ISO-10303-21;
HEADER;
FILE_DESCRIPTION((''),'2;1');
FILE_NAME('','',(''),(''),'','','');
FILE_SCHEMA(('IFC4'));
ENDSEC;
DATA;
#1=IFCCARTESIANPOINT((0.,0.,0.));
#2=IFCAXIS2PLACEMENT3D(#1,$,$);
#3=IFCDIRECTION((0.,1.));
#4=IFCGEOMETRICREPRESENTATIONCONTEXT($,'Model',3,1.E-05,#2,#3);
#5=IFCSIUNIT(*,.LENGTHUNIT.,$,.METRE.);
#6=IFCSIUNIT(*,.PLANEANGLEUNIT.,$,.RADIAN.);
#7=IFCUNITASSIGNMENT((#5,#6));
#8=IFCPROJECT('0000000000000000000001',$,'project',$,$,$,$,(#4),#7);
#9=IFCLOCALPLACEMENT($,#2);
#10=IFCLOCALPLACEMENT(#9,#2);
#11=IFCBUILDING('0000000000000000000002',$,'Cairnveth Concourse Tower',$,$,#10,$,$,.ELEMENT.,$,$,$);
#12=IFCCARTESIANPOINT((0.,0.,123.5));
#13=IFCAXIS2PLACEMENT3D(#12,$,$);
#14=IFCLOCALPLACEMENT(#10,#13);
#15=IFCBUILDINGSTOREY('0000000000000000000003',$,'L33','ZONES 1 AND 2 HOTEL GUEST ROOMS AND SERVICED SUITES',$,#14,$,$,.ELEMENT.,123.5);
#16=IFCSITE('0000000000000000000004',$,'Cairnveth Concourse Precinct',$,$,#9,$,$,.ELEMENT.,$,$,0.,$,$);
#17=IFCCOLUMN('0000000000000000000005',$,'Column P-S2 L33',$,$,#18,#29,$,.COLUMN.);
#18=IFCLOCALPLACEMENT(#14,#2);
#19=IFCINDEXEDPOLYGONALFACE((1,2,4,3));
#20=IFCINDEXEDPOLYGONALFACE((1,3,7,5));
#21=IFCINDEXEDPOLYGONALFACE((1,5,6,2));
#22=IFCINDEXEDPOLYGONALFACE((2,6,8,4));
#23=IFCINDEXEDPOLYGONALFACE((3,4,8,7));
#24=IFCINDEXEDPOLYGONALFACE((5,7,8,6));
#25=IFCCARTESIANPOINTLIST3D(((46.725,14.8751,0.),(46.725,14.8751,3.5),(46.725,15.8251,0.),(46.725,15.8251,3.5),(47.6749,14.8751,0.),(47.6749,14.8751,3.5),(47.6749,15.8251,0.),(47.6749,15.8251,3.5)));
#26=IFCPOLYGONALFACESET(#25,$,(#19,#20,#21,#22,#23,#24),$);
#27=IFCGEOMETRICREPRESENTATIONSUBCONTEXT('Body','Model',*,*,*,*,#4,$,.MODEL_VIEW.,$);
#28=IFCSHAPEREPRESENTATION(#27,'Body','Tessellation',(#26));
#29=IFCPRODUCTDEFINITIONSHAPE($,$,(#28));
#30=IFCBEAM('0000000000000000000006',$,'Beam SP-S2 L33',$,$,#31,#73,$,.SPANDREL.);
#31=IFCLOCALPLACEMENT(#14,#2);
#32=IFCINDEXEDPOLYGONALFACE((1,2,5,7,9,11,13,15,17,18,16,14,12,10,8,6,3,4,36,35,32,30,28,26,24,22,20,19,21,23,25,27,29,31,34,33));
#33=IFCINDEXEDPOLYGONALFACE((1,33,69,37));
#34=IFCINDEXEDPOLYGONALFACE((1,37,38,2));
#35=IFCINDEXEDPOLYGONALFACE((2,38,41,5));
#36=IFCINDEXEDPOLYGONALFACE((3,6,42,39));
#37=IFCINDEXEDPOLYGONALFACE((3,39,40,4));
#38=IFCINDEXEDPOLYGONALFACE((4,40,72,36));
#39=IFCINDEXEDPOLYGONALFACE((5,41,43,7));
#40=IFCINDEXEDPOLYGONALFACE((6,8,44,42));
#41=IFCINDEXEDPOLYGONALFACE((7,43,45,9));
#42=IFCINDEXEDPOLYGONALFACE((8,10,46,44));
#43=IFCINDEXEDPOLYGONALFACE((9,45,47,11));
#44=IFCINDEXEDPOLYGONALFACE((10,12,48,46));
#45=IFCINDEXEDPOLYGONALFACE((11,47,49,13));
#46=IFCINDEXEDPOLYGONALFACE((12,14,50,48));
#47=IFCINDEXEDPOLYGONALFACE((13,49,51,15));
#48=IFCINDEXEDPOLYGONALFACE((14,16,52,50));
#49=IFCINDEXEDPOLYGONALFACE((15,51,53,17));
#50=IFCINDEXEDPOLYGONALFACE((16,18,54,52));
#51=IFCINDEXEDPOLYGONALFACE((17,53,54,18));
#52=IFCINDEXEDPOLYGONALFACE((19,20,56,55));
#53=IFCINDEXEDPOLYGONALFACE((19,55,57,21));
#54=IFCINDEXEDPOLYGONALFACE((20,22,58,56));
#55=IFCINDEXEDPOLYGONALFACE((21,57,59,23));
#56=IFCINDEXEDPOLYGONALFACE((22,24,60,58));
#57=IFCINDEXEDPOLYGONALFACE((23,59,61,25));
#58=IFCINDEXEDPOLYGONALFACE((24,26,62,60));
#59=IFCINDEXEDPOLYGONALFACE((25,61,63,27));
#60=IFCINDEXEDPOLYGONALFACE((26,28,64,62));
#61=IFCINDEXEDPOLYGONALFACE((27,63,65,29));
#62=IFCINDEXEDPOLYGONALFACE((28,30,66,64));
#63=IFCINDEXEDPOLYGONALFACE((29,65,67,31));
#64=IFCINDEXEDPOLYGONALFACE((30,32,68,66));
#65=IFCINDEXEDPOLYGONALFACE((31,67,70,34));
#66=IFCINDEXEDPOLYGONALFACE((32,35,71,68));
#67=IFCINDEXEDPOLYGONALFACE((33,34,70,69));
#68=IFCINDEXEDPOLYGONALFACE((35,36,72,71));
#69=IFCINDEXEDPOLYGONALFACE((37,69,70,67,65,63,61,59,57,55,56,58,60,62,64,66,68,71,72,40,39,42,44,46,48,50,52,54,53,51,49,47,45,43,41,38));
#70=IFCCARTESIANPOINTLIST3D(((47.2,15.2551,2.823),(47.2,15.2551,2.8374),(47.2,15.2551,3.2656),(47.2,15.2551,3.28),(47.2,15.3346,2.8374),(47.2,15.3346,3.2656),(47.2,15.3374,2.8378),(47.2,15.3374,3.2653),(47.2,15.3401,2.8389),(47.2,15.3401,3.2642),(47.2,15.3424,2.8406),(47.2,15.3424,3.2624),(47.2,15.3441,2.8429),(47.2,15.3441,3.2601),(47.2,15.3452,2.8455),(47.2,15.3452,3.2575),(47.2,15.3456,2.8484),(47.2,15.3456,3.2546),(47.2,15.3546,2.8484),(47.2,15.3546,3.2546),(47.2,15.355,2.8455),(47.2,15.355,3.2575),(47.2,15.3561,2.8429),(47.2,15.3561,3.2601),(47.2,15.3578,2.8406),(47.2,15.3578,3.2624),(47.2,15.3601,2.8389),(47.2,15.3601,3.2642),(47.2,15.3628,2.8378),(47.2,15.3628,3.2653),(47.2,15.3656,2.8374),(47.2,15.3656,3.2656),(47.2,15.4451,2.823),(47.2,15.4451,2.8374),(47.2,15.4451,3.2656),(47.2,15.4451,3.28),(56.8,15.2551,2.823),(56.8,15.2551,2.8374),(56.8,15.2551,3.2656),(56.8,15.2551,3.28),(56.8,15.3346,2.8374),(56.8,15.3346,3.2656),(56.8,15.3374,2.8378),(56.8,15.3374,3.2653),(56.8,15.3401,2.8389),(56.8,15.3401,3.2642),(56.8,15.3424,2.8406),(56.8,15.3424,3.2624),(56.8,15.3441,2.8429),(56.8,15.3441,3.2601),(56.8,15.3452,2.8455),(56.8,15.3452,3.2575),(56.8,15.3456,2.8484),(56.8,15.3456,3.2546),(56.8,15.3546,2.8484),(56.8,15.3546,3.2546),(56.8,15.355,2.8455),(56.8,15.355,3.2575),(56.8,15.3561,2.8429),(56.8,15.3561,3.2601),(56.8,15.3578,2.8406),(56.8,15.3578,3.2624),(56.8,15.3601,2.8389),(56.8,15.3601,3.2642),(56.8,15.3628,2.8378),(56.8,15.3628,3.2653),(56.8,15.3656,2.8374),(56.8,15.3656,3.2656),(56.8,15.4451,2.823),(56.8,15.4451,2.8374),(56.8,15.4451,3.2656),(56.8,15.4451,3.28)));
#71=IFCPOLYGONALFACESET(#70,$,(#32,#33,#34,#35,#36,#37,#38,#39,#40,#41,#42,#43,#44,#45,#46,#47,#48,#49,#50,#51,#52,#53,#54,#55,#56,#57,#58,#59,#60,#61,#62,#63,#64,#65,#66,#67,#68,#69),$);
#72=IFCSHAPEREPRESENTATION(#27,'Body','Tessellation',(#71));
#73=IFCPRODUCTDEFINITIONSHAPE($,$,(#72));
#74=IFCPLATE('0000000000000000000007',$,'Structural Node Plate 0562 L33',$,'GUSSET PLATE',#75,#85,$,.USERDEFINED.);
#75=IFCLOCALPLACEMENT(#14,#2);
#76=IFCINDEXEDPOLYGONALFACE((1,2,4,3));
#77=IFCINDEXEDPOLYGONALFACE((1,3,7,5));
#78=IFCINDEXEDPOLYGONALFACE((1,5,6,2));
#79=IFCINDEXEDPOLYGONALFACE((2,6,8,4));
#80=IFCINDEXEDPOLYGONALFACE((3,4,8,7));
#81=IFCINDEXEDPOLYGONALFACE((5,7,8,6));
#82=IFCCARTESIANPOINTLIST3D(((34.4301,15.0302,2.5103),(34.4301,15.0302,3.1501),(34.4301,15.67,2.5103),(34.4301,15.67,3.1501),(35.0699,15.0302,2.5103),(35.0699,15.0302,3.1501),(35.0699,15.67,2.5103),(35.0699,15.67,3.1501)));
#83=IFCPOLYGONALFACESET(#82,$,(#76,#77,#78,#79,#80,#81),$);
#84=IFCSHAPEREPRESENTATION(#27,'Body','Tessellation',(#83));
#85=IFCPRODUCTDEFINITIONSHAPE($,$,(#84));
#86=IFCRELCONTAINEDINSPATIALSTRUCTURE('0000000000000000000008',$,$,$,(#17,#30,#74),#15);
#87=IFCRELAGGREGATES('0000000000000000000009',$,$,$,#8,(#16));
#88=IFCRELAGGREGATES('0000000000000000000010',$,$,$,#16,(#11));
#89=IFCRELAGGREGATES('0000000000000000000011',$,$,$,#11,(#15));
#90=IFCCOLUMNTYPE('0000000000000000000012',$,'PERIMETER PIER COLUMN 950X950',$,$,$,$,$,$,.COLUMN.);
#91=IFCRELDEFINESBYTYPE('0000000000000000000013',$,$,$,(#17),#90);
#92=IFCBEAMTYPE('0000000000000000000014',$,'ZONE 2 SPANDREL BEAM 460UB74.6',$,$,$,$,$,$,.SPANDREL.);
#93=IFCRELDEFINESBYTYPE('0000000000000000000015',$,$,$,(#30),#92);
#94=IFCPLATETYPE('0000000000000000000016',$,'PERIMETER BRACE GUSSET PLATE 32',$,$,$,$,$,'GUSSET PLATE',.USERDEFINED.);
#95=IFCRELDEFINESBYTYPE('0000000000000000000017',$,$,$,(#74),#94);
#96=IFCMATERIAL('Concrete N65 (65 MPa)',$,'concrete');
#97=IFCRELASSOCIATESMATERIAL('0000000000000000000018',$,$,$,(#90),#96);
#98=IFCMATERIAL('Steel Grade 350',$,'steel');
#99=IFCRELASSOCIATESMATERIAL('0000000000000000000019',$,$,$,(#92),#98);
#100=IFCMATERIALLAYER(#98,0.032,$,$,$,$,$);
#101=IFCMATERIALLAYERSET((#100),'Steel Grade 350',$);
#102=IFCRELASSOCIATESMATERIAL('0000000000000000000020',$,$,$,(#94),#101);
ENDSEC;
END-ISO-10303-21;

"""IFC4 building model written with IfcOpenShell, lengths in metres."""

from ifc_helpers import new_model, si_unit, direction, frame, origin, origin_2d, place, context, subcontext, project, spatial, rectangle, i_section, extrude, material, layer, layer_set, material_profile, profile_set, type_object, element, save


model = new_model("IFC4")

# Units and contexts
model_context = context("Model", 3, precision=1e-05, world=origin(), true_north=direction((0.0, 1.0)))
body_context = subcontext(model_context, "Body", "Model", "MODEL_VIEW")
ifc_project = project(units=[si_unit("LENGTHUNIT", "METRE"), si_unit("PLANEANGLEUNIT", "RADIAN")], contexts=[model_context])

# Site, building, storey
site_placement = place(None, origin())
site = spatial("IfcSite", under=ifc_project, at=site_placement, Name="Cairnveth Concourse Precinct", CompositionType="ELEMENT", RefElevation=0.0)
building_placement = place(site_placement, origin())
building = spatial("IfcBuilding", under=site, at=building_placement, Name="Cairnveth Concourse Tower", CompositionType="ELEMENT")
storey_placement = place(building_placement, frame((0.0, 0.0, 123.5)))
storey = spatial("IfcBuildingStorey", under=building, at=storey_placement, Name="L33", Description="ZONES 1 AND 2 HOTEL GUEST ROOMS AND SERVICED SUITES", CompositionType="ELEMENT", Elevation=123.5)

# Column
ifc_material_1 = material(Name="Concrete N65 (65 MPa)", Category="concrete")
ifc_material_profile_1 = material_profile(ifc_material_1, rectangle(XDim=0.95, YDim=0.95, at=origin_2d()), Name="RC-COL-950x950")
ifc_profile_set_1 = profile_set([ifc_material_profile_1], Name="Concrete N65 (65 MPa)")
column_type = type_object("IfcColumnType", Name="PERIMETER PIER COLUMN 950X950", PredefinedType="COLUMN", material=ifc_profile_set_1)
column_placement = place(storey_placement, frame((47.2, 15.3501, 0.0), z_axis=(0.0, 0.0, 1.0), x_axis=(1.0, 0.0, 0.0)))
element("IfcColumn", 1, at=column_placement, inside=storey, type_object=column_type, Name="Column P-S2 L33", PredefinedType="COLUMN", context=body_context, shape_type="SweptSolid", body=[
    extrude(rectangle(XDim=0.95, YDim=0.95, at=origin_2d()), origin(), (0.0, 0.0, 1.0), 3.5),
])

# Beam
ifc_material_2 = material(Name="Steel Grade 350", Category="steel")
ifc_material_profile_2 = material_profile(ifc_material_2, i_section(OverallWidth=0.1899, OverallDepth=0.457, WebThickness=0.009, FlangeThickness=0.0144, FilletRadius=0.011, at=origin_2d()), Name="460UB74.6")
ifc_profile_set_2 = profile_set([ifc_material_profile_2], Name="Steel Grade 350")
beam_type = type_object("IfcBeamType", Name="ZONE 2 SPANDREL BEAM 460UB74.6", PredefinedType="SPANDREL", material=ifc_profile_set_2)
beam_placement = place(storey_placement, frame((47.2, 15.3501, 3.0515), z_axis=(1.0, 0.0, 0.0), x_axis=(0.0, 1.0, 0.0)))
element("IfcBeam", 2, at=beam_placement, inside=storey, type_object=beam_type, Name="Beam SP-S2 L33", PredefinedType="SPANDREL", context=body_context, shape_type="SweptSolid", body=[
    extrude(i_section(OverallWidth=0.1899, OverallDepth=0.457, WebThickness=0.009, FlangeThickness=0.0144, FilletRadius=0.011, at=origin_2d()), origin(), (0.0, 0.0, 1.0), 9.6001),
])

# Plate
ifc_layer_1 = layer(ifc_material_2, 0.032)
ifc_layer_set_1 = layer_set([ifc_layer_1], Name="Steel Grade 350")
plate_type = type_object("IfcPlateType", Name="PERIMETER BRACE GUSSET PLATE 32", ElementType="GUSSET PLATE", PredefinedType="USERDEFINED", material=ifc_layer_set_1)
plate_placement = place(storey_placement, frame((34.75, 15.3501, 2.5103), z_axis=(0.0, 0.0, 1.0), x_axis=(1.0, 0.0, 0.0)))
element("IfcPlate", 3, at=plate_placement, inside=storey, type_object=plate_type, Name="Structural Node Plate 0562 L33", ObjectType="GUSSET PLATE", PredefinedType="USERDEFINED", context=body_context, shape_type="SweptSolid", body=[
    extrude(rectangle(XDim=0.6399, YDim=0.6399, at=origin_2d()), origin(), (0.0, 0.0, 1.0), 0.6399),
])

save(model, "model.ifc")
